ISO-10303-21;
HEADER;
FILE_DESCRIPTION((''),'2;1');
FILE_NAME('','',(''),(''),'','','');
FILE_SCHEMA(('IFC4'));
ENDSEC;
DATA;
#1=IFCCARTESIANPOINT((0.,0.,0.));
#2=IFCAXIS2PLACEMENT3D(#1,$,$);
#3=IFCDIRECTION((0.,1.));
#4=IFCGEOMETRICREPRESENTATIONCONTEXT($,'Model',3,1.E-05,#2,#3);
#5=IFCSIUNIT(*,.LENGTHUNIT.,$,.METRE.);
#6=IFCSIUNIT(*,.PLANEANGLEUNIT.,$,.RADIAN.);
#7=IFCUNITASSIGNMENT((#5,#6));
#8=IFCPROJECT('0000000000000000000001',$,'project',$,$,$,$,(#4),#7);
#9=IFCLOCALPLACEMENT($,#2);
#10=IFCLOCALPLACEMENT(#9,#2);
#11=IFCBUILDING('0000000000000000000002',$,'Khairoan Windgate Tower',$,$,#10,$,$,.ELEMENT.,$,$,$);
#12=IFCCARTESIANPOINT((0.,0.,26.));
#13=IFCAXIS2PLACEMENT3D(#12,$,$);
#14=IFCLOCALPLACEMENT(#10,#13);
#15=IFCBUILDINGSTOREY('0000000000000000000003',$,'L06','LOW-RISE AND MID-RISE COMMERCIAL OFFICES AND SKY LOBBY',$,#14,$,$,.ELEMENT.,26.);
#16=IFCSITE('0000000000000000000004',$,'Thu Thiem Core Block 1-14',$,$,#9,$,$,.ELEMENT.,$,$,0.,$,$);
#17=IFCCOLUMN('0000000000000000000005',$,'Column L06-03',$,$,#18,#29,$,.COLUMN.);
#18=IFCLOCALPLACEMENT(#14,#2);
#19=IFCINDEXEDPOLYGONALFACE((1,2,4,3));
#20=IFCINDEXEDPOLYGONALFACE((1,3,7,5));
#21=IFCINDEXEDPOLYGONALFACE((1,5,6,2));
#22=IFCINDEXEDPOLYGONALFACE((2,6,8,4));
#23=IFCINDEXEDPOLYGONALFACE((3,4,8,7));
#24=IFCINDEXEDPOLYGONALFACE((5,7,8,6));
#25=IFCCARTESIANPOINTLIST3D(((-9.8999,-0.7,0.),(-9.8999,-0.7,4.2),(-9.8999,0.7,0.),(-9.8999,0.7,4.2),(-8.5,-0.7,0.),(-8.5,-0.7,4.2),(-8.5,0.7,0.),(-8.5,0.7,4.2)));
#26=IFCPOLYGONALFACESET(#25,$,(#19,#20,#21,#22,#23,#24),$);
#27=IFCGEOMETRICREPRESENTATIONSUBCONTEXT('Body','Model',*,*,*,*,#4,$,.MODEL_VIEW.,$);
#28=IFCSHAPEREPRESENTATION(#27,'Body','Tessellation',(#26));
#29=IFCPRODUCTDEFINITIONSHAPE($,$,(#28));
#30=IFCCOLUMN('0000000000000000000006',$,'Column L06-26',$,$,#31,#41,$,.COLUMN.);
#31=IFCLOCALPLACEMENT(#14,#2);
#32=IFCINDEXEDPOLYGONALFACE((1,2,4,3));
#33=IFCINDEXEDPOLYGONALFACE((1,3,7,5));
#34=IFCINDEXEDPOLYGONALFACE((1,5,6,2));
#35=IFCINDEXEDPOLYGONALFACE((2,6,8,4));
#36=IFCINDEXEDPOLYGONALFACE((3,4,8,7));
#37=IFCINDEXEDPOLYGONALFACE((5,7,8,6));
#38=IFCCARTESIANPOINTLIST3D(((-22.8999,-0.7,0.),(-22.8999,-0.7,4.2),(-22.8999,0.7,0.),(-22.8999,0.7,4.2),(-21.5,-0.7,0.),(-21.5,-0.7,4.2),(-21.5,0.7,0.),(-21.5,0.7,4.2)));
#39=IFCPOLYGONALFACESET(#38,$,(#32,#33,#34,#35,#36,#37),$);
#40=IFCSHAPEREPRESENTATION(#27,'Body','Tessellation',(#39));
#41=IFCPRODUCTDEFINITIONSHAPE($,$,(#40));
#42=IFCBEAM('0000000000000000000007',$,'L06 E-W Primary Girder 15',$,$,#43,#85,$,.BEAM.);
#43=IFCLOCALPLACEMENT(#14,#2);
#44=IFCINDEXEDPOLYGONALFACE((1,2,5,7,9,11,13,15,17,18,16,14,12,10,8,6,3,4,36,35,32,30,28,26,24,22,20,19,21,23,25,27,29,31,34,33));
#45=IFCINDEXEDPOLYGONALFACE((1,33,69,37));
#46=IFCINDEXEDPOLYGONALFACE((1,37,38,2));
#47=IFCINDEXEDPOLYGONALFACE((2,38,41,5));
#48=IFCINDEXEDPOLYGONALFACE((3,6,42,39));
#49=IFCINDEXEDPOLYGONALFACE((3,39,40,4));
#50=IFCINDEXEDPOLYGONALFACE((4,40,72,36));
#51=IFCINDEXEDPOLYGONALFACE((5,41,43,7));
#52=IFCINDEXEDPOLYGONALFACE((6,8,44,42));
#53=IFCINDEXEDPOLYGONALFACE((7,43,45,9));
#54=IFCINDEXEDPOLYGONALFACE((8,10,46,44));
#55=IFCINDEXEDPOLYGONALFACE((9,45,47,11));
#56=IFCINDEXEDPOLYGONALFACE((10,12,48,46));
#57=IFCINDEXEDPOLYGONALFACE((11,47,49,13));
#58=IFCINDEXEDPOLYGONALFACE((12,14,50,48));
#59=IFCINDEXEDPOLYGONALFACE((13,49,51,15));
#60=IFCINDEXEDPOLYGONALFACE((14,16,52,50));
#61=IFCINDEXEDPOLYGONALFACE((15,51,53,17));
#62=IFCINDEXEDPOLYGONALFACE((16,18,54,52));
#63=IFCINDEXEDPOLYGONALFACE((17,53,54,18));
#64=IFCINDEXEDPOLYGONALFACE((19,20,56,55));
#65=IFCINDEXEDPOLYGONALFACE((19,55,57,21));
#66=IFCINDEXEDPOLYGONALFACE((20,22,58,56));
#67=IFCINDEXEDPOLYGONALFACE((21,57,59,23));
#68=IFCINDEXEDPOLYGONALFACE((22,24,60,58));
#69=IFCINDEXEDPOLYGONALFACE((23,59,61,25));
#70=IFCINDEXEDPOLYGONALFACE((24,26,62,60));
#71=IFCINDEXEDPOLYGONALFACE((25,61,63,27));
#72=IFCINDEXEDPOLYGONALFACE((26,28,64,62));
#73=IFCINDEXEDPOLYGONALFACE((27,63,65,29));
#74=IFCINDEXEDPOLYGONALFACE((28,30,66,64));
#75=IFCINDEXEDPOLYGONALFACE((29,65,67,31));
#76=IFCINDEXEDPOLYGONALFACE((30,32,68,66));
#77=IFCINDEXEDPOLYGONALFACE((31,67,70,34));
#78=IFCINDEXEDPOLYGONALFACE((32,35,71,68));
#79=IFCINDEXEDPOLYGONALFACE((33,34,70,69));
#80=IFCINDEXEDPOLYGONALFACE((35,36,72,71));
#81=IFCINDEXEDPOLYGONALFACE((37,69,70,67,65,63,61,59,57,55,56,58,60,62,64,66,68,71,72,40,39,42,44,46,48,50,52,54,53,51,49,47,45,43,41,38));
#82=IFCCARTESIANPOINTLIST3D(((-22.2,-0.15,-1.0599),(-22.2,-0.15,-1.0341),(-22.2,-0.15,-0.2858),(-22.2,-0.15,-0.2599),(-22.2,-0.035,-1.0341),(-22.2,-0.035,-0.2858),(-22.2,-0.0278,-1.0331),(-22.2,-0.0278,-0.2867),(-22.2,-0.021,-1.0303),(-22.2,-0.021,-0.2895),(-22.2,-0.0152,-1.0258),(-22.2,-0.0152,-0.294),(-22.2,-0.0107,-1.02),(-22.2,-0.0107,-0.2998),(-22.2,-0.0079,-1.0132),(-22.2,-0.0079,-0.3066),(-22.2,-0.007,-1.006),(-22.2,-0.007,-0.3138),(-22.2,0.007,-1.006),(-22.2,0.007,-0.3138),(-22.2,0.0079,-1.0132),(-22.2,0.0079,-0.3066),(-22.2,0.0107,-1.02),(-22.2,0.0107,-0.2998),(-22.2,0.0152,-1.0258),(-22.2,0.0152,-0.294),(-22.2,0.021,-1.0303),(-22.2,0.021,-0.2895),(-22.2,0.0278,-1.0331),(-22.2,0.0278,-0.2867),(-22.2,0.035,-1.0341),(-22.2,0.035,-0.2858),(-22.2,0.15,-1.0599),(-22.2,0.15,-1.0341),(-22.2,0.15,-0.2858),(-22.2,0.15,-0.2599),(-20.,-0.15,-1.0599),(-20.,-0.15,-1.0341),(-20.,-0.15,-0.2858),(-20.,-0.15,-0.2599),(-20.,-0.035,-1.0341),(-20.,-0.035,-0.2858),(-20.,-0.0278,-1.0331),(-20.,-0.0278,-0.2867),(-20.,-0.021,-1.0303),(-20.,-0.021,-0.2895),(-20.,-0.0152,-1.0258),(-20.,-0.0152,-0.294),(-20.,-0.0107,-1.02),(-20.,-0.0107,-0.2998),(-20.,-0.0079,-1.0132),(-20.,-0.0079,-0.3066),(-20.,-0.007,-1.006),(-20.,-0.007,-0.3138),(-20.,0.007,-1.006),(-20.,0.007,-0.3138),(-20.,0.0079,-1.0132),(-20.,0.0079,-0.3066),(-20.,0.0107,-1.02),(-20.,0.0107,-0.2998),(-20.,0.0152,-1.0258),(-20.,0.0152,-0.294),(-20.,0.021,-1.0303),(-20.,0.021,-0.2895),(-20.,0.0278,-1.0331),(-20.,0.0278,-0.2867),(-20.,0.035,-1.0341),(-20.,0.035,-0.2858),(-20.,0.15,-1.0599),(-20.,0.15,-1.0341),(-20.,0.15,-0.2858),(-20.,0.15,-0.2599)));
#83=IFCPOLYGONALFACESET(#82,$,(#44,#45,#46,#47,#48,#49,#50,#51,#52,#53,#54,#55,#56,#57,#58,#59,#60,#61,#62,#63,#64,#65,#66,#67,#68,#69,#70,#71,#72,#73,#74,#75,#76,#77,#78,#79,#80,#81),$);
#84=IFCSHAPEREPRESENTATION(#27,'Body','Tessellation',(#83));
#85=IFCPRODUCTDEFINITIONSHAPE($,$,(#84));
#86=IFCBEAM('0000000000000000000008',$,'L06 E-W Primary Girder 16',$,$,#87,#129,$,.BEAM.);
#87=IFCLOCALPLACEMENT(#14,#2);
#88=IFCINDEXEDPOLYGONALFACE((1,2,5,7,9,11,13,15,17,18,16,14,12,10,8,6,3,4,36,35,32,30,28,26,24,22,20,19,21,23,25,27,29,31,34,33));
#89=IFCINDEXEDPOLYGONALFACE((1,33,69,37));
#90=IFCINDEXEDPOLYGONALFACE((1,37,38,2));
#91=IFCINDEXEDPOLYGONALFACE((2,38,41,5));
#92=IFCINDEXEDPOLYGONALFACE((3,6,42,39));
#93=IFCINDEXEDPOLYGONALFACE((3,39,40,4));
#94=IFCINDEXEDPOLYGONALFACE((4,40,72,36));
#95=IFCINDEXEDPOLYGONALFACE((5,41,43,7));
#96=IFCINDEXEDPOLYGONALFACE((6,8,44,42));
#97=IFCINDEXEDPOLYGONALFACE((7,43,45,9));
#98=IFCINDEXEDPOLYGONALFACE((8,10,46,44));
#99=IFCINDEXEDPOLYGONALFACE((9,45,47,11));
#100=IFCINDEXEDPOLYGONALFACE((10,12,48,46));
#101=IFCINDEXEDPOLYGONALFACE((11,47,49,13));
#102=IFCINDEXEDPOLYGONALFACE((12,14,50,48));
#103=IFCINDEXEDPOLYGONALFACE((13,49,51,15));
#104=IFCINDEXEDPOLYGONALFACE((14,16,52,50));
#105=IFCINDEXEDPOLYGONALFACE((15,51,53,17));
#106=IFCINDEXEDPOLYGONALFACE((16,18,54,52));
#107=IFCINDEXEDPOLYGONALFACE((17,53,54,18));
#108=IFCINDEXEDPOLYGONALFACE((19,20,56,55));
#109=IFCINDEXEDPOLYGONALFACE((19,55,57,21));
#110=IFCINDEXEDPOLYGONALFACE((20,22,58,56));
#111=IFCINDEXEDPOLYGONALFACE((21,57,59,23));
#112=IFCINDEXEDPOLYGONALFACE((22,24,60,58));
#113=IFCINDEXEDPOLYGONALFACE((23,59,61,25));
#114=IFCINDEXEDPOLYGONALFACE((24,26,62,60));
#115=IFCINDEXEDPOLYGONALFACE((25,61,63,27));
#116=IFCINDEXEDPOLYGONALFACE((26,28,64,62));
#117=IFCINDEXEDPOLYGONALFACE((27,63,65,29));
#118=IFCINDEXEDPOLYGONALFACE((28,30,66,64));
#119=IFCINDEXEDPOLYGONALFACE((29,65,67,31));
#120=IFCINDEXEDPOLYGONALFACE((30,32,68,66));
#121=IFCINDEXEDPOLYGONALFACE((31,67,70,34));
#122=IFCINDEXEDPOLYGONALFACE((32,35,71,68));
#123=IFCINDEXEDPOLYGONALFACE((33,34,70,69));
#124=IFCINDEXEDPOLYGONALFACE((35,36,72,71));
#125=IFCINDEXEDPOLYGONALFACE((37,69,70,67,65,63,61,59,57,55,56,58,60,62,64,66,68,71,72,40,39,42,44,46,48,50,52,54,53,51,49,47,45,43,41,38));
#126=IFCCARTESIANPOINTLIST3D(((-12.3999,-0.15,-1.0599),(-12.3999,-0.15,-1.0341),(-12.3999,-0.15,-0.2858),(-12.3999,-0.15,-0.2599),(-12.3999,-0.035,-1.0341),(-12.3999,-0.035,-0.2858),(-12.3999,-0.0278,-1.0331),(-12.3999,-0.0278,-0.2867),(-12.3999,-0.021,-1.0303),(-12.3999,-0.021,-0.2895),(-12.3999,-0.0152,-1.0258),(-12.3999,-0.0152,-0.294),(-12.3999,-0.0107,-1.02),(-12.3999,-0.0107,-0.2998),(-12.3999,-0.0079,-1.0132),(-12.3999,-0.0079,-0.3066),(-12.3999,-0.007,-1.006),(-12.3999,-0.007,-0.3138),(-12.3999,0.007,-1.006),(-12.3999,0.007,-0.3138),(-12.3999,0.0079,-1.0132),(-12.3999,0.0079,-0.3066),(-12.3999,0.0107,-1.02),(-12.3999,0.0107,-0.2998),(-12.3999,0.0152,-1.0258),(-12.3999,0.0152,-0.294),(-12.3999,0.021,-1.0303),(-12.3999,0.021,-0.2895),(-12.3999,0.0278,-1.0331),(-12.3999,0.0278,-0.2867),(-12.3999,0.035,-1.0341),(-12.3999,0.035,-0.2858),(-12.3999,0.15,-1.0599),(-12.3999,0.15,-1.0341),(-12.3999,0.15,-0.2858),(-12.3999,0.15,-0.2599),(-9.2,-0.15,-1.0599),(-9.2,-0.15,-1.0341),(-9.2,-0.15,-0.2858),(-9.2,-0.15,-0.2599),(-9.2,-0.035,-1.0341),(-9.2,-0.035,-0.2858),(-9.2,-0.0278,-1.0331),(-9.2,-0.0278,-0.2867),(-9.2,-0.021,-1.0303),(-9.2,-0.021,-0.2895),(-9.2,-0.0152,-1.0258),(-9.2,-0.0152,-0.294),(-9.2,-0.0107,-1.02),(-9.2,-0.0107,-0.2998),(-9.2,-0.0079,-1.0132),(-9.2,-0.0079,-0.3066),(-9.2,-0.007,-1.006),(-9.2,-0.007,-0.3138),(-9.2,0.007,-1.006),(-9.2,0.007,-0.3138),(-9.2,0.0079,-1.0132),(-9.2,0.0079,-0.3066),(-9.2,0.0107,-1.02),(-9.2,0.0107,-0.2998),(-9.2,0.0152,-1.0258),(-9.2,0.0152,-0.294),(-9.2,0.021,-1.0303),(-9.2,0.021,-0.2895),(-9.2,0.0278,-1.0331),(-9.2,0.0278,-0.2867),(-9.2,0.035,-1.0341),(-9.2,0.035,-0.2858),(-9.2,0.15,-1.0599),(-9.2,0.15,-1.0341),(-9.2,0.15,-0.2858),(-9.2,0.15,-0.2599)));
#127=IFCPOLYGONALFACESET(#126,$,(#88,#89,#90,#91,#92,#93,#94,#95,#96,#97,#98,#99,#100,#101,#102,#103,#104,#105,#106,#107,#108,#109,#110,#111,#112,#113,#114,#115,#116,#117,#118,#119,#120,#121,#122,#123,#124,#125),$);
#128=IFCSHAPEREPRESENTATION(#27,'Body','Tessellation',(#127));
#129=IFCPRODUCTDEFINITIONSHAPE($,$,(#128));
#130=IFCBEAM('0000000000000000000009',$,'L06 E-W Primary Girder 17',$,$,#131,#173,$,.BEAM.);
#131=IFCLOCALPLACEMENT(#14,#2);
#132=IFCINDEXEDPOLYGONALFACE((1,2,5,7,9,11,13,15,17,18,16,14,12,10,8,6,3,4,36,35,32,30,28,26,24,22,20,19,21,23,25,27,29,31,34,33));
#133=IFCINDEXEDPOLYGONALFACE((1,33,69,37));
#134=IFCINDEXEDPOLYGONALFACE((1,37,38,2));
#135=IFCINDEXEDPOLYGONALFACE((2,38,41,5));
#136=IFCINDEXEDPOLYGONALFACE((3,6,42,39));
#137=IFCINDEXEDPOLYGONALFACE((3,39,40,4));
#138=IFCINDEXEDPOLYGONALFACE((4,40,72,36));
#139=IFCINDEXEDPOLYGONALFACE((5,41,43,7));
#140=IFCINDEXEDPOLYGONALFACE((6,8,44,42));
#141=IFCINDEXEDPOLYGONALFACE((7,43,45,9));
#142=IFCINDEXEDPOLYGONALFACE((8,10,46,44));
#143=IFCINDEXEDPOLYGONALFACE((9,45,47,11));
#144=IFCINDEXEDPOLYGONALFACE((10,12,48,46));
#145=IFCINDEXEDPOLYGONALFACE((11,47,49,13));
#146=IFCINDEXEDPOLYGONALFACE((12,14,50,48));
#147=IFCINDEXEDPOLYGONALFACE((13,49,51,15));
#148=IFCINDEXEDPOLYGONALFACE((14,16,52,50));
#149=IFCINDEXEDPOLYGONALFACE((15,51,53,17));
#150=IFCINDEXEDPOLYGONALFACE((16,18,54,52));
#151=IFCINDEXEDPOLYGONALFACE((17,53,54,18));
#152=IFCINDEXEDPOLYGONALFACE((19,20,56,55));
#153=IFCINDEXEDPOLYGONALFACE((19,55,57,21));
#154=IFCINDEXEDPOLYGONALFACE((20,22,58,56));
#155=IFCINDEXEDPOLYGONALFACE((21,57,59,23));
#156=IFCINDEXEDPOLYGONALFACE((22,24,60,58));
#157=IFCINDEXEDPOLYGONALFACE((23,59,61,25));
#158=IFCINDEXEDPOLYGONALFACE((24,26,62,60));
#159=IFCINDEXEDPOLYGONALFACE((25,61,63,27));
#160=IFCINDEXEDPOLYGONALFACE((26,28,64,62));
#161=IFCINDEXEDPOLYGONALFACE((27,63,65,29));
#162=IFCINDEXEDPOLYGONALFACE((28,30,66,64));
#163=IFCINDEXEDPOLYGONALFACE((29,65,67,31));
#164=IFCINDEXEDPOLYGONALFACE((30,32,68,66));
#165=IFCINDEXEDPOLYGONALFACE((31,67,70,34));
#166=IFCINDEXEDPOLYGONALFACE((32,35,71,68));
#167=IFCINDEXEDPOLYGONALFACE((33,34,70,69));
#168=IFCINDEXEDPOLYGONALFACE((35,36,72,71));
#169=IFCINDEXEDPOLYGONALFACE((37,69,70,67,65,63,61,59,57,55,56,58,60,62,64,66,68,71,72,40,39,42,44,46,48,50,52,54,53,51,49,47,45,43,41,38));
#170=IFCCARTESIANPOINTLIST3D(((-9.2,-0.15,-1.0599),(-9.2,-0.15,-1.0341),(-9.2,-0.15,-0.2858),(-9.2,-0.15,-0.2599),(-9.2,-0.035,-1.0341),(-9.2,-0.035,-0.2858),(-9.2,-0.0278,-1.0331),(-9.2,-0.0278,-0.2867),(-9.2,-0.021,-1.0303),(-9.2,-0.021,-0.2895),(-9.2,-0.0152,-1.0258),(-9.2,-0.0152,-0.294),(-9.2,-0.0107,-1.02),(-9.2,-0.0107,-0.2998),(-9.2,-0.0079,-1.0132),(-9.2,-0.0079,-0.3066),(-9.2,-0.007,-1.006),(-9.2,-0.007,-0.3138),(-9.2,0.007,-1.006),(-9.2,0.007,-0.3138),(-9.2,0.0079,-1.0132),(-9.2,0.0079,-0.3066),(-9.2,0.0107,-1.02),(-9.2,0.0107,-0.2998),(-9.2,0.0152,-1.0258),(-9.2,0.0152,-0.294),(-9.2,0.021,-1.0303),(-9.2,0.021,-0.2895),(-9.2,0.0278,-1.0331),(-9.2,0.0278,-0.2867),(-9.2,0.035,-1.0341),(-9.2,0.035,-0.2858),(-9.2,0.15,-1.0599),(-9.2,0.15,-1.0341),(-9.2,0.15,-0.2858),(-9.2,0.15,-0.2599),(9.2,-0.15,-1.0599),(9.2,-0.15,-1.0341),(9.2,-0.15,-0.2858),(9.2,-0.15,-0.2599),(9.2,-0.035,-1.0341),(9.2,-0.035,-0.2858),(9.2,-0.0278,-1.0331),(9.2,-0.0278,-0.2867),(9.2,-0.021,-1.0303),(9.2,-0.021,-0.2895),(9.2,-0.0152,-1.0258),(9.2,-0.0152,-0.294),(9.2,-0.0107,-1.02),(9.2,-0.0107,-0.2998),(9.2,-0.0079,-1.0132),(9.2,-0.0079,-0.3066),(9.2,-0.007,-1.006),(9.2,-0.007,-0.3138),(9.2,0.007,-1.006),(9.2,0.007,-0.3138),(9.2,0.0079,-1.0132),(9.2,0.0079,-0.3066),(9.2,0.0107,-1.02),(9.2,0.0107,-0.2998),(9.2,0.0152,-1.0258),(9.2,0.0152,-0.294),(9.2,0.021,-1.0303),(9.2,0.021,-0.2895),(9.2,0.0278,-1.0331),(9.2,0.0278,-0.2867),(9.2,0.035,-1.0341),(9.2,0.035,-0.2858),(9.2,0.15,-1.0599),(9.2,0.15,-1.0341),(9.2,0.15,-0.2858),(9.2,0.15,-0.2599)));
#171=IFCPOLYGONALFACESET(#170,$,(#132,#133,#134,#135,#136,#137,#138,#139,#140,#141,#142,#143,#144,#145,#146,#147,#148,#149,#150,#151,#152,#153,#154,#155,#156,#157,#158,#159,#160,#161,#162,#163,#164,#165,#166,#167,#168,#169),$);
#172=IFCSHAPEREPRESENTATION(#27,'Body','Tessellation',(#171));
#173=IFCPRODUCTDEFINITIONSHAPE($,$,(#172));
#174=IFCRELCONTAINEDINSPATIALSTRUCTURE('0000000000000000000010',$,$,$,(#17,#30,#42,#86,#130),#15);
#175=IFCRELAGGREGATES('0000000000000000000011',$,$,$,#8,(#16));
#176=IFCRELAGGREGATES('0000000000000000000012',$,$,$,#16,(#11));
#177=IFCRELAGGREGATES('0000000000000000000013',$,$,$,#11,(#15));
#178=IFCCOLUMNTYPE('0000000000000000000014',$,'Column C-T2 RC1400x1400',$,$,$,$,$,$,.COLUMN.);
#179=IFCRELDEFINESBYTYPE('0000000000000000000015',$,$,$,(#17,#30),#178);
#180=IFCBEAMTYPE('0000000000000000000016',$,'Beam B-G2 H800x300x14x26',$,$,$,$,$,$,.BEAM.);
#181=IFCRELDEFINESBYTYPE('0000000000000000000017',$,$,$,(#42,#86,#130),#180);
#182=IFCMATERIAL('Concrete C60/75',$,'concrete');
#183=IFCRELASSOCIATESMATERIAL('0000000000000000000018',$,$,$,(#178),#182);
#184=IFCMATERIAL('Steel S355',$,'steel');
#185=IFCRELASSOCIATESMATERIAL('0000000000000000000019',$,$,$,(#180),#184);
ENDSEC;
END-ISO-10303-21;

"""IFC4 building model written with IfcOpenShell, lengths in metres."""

from ifc_helpers import new_model, si_unit, direction, frame, origin, origin_2d, place, context, subcontext, project, spatial, rectangle, i_section, extrude, material, material_profile, profile_set, type_object, element, save


model = new_model("IFC4")

# Units and contexts
model_context = context("Model", 3, precision=1e-05, world=origin(), true_north=direction((0.0, 1.0)))
body_context = subcontext(model_context, "Body", "Model", "MODEL_VIEW")
ifc_project = project(units=[si_unit("LENGTHUNIT", "METRE"), si_unit("PLANEANGLEUNIT", "RADIAN")], contexts=[model_context])

# Site, building, storey
site_placement = place(None, origin())
site = spatial("IfcSite", under=ifc_project, at=site_placement, Name="Thu Thiem Core Block 1-14", CompositionType="ELEMENT", RefElevation=0.0)
building_placement = place(site_placement, origin())
building = spatial("IfcBuilding", under=site, at=building_placement, Name="Khairoan Windgate Tower", CompositionType="ELEMENT")
storey_placement = place(building_placement, frame((0.0, 0.0, 26.0)))
storey = spatial("IfcBuildingStorey", under=building, at=storey_placement, Name="L06", Description="LOW-RISE AND MID-RISE COMMERCIAL OFFICES AND SKY LOBBY", CompositionType="ELEMENT", Elevation=26.0)

# Columns
ifc_material_1 = material(Name="Concrete C60/75", Category="concrete")
ifc_material_profile_1 = material_profile(ifc_material_1, rectangle(XDim=1.3999, YDim=1.3999, at=origin_2d()))
ifc_profile_set_1 = profile_set([ifc_material_profile_1], Name="Concrete C60/75")
column_type = type_object("IfcColumnType", Name="Column C-T2 RC1400x1400", PredefinedType="COLUMN", material=ifc_profile_set_1)
for number, where, z_axis, x_axis, name in (
    (1, (-9.2, 0.0, 0.0), (0.0, 0.0, 1.0), (1.0, 0.0, 0.0), "Column L06-03"),
    (2, (-22.2, 0.0, 0.0), (0.0, 0.0, 1.0), (1.0, 0.0, 0.0), "Column L06-26"),
):
    element("IfcColumn", number, at=place(storey_placement, frame(where, z_axis=z_axis, x_axis=x_axis)), inside=storey, type_object=column_type, Name=name, PredefinedType="COLUMN", context=body_context, shape_type="SweptSolid", body=[
        extrude(rectangle(XDim=1.3999, YDim=1.3999, at=origin_2d()), origin(), (0.0, 0.0, 1.0), 4.2),
    ])

# Beams
ifc_material_2 = material(Name="Steel S355", Category="steel")
ifc_material_profile_2 = material_profile(ifc_material_2, i_section(OverallWidth=0.3, OverallDepth=0.8, WebThickness=0.0139, FlangeThickness=0.0259, FilletRadius=0.0281, at=origin_2d()))
ifc_profile_set_2 = profile_set([ifc_material_profile_2], Name="Steel S355")
beam_type_1 = type_object("IfcBeamType", Name="Beam B-G2 H800x300x14x26", PredefinedType="BEAM", material=ifc_profile_set_2)
beam_1_placement = place(storey_placement, frame((-22.2, 0.0, -0.6599), z_axis=(1.0, 0.0, 0.0), x_axis=(0.0, 1.0, 0.0)))
element("IfcBeam", 3, at=beam_1_placement, inside=storey, type_object=beam_type_1, Name="L06 E-W Primary Girder 15", PredefinedType="BEAM", context=body_context, shape_type="SweptSolid", body=[
    extrude(i_section(OverallWidth=0.3, OverallDepth=0.8, WebThickness=0.0139, FlangeThickness=0.0259, FilletRadius=0.0281, at=origin_2d()), origin(), (0.0, 0.0, 1.0), 2.2),
])
beam_2_placement = place(storey_placement, frame((-12.3999, 0.0, -0.6599), z_axis=(1.0, 0.0, 0.0), x_axis=(0.0, 1.0, 0.0)))
element("IfcBeam", 4, at=beam_2_placement, inside=storey, type_object=beam_type_1, Name="L06 E-W Primary Girder 16", PredefinedType="BEAM", context=body_context, shape_type="SweptSolid", body=[
    extrude(i_section(OverallWidth=0.3, OverallDepth=0.8, WebThickness=0.0139, FlangeThickness=0.0259, FilletRadius=0.0281, at=origin_2d()), origin(), (0.0, 0.0, 1.0), 3.2),
])
beam_3_placement = place(storey_placement, frame((-9.2, 0.0, -0.6599), z_axis=(1.0, 0.0, 0.0), x_axis=(0.0, 1.0, 0.0)))
element("IfcBeam", 5, at=beam_3_placement, inside=storey, type_object=beam_type_1, Name="L06 E-W Primary Girder 17", PredefinedType="BEAM", context=body_context, shape_type="SweptSolid", body=[
    extrude(i_section(OverallWidth=0.3, OverallDepth=0.8, WebThickness=0.0139, FlangeThickness=0.0259, FilletRadius=0.0281, at=origin_2d()), origin(), (0.0, 0.0, 1.0), 18.3999),
])

save(model, "model.ifc")
